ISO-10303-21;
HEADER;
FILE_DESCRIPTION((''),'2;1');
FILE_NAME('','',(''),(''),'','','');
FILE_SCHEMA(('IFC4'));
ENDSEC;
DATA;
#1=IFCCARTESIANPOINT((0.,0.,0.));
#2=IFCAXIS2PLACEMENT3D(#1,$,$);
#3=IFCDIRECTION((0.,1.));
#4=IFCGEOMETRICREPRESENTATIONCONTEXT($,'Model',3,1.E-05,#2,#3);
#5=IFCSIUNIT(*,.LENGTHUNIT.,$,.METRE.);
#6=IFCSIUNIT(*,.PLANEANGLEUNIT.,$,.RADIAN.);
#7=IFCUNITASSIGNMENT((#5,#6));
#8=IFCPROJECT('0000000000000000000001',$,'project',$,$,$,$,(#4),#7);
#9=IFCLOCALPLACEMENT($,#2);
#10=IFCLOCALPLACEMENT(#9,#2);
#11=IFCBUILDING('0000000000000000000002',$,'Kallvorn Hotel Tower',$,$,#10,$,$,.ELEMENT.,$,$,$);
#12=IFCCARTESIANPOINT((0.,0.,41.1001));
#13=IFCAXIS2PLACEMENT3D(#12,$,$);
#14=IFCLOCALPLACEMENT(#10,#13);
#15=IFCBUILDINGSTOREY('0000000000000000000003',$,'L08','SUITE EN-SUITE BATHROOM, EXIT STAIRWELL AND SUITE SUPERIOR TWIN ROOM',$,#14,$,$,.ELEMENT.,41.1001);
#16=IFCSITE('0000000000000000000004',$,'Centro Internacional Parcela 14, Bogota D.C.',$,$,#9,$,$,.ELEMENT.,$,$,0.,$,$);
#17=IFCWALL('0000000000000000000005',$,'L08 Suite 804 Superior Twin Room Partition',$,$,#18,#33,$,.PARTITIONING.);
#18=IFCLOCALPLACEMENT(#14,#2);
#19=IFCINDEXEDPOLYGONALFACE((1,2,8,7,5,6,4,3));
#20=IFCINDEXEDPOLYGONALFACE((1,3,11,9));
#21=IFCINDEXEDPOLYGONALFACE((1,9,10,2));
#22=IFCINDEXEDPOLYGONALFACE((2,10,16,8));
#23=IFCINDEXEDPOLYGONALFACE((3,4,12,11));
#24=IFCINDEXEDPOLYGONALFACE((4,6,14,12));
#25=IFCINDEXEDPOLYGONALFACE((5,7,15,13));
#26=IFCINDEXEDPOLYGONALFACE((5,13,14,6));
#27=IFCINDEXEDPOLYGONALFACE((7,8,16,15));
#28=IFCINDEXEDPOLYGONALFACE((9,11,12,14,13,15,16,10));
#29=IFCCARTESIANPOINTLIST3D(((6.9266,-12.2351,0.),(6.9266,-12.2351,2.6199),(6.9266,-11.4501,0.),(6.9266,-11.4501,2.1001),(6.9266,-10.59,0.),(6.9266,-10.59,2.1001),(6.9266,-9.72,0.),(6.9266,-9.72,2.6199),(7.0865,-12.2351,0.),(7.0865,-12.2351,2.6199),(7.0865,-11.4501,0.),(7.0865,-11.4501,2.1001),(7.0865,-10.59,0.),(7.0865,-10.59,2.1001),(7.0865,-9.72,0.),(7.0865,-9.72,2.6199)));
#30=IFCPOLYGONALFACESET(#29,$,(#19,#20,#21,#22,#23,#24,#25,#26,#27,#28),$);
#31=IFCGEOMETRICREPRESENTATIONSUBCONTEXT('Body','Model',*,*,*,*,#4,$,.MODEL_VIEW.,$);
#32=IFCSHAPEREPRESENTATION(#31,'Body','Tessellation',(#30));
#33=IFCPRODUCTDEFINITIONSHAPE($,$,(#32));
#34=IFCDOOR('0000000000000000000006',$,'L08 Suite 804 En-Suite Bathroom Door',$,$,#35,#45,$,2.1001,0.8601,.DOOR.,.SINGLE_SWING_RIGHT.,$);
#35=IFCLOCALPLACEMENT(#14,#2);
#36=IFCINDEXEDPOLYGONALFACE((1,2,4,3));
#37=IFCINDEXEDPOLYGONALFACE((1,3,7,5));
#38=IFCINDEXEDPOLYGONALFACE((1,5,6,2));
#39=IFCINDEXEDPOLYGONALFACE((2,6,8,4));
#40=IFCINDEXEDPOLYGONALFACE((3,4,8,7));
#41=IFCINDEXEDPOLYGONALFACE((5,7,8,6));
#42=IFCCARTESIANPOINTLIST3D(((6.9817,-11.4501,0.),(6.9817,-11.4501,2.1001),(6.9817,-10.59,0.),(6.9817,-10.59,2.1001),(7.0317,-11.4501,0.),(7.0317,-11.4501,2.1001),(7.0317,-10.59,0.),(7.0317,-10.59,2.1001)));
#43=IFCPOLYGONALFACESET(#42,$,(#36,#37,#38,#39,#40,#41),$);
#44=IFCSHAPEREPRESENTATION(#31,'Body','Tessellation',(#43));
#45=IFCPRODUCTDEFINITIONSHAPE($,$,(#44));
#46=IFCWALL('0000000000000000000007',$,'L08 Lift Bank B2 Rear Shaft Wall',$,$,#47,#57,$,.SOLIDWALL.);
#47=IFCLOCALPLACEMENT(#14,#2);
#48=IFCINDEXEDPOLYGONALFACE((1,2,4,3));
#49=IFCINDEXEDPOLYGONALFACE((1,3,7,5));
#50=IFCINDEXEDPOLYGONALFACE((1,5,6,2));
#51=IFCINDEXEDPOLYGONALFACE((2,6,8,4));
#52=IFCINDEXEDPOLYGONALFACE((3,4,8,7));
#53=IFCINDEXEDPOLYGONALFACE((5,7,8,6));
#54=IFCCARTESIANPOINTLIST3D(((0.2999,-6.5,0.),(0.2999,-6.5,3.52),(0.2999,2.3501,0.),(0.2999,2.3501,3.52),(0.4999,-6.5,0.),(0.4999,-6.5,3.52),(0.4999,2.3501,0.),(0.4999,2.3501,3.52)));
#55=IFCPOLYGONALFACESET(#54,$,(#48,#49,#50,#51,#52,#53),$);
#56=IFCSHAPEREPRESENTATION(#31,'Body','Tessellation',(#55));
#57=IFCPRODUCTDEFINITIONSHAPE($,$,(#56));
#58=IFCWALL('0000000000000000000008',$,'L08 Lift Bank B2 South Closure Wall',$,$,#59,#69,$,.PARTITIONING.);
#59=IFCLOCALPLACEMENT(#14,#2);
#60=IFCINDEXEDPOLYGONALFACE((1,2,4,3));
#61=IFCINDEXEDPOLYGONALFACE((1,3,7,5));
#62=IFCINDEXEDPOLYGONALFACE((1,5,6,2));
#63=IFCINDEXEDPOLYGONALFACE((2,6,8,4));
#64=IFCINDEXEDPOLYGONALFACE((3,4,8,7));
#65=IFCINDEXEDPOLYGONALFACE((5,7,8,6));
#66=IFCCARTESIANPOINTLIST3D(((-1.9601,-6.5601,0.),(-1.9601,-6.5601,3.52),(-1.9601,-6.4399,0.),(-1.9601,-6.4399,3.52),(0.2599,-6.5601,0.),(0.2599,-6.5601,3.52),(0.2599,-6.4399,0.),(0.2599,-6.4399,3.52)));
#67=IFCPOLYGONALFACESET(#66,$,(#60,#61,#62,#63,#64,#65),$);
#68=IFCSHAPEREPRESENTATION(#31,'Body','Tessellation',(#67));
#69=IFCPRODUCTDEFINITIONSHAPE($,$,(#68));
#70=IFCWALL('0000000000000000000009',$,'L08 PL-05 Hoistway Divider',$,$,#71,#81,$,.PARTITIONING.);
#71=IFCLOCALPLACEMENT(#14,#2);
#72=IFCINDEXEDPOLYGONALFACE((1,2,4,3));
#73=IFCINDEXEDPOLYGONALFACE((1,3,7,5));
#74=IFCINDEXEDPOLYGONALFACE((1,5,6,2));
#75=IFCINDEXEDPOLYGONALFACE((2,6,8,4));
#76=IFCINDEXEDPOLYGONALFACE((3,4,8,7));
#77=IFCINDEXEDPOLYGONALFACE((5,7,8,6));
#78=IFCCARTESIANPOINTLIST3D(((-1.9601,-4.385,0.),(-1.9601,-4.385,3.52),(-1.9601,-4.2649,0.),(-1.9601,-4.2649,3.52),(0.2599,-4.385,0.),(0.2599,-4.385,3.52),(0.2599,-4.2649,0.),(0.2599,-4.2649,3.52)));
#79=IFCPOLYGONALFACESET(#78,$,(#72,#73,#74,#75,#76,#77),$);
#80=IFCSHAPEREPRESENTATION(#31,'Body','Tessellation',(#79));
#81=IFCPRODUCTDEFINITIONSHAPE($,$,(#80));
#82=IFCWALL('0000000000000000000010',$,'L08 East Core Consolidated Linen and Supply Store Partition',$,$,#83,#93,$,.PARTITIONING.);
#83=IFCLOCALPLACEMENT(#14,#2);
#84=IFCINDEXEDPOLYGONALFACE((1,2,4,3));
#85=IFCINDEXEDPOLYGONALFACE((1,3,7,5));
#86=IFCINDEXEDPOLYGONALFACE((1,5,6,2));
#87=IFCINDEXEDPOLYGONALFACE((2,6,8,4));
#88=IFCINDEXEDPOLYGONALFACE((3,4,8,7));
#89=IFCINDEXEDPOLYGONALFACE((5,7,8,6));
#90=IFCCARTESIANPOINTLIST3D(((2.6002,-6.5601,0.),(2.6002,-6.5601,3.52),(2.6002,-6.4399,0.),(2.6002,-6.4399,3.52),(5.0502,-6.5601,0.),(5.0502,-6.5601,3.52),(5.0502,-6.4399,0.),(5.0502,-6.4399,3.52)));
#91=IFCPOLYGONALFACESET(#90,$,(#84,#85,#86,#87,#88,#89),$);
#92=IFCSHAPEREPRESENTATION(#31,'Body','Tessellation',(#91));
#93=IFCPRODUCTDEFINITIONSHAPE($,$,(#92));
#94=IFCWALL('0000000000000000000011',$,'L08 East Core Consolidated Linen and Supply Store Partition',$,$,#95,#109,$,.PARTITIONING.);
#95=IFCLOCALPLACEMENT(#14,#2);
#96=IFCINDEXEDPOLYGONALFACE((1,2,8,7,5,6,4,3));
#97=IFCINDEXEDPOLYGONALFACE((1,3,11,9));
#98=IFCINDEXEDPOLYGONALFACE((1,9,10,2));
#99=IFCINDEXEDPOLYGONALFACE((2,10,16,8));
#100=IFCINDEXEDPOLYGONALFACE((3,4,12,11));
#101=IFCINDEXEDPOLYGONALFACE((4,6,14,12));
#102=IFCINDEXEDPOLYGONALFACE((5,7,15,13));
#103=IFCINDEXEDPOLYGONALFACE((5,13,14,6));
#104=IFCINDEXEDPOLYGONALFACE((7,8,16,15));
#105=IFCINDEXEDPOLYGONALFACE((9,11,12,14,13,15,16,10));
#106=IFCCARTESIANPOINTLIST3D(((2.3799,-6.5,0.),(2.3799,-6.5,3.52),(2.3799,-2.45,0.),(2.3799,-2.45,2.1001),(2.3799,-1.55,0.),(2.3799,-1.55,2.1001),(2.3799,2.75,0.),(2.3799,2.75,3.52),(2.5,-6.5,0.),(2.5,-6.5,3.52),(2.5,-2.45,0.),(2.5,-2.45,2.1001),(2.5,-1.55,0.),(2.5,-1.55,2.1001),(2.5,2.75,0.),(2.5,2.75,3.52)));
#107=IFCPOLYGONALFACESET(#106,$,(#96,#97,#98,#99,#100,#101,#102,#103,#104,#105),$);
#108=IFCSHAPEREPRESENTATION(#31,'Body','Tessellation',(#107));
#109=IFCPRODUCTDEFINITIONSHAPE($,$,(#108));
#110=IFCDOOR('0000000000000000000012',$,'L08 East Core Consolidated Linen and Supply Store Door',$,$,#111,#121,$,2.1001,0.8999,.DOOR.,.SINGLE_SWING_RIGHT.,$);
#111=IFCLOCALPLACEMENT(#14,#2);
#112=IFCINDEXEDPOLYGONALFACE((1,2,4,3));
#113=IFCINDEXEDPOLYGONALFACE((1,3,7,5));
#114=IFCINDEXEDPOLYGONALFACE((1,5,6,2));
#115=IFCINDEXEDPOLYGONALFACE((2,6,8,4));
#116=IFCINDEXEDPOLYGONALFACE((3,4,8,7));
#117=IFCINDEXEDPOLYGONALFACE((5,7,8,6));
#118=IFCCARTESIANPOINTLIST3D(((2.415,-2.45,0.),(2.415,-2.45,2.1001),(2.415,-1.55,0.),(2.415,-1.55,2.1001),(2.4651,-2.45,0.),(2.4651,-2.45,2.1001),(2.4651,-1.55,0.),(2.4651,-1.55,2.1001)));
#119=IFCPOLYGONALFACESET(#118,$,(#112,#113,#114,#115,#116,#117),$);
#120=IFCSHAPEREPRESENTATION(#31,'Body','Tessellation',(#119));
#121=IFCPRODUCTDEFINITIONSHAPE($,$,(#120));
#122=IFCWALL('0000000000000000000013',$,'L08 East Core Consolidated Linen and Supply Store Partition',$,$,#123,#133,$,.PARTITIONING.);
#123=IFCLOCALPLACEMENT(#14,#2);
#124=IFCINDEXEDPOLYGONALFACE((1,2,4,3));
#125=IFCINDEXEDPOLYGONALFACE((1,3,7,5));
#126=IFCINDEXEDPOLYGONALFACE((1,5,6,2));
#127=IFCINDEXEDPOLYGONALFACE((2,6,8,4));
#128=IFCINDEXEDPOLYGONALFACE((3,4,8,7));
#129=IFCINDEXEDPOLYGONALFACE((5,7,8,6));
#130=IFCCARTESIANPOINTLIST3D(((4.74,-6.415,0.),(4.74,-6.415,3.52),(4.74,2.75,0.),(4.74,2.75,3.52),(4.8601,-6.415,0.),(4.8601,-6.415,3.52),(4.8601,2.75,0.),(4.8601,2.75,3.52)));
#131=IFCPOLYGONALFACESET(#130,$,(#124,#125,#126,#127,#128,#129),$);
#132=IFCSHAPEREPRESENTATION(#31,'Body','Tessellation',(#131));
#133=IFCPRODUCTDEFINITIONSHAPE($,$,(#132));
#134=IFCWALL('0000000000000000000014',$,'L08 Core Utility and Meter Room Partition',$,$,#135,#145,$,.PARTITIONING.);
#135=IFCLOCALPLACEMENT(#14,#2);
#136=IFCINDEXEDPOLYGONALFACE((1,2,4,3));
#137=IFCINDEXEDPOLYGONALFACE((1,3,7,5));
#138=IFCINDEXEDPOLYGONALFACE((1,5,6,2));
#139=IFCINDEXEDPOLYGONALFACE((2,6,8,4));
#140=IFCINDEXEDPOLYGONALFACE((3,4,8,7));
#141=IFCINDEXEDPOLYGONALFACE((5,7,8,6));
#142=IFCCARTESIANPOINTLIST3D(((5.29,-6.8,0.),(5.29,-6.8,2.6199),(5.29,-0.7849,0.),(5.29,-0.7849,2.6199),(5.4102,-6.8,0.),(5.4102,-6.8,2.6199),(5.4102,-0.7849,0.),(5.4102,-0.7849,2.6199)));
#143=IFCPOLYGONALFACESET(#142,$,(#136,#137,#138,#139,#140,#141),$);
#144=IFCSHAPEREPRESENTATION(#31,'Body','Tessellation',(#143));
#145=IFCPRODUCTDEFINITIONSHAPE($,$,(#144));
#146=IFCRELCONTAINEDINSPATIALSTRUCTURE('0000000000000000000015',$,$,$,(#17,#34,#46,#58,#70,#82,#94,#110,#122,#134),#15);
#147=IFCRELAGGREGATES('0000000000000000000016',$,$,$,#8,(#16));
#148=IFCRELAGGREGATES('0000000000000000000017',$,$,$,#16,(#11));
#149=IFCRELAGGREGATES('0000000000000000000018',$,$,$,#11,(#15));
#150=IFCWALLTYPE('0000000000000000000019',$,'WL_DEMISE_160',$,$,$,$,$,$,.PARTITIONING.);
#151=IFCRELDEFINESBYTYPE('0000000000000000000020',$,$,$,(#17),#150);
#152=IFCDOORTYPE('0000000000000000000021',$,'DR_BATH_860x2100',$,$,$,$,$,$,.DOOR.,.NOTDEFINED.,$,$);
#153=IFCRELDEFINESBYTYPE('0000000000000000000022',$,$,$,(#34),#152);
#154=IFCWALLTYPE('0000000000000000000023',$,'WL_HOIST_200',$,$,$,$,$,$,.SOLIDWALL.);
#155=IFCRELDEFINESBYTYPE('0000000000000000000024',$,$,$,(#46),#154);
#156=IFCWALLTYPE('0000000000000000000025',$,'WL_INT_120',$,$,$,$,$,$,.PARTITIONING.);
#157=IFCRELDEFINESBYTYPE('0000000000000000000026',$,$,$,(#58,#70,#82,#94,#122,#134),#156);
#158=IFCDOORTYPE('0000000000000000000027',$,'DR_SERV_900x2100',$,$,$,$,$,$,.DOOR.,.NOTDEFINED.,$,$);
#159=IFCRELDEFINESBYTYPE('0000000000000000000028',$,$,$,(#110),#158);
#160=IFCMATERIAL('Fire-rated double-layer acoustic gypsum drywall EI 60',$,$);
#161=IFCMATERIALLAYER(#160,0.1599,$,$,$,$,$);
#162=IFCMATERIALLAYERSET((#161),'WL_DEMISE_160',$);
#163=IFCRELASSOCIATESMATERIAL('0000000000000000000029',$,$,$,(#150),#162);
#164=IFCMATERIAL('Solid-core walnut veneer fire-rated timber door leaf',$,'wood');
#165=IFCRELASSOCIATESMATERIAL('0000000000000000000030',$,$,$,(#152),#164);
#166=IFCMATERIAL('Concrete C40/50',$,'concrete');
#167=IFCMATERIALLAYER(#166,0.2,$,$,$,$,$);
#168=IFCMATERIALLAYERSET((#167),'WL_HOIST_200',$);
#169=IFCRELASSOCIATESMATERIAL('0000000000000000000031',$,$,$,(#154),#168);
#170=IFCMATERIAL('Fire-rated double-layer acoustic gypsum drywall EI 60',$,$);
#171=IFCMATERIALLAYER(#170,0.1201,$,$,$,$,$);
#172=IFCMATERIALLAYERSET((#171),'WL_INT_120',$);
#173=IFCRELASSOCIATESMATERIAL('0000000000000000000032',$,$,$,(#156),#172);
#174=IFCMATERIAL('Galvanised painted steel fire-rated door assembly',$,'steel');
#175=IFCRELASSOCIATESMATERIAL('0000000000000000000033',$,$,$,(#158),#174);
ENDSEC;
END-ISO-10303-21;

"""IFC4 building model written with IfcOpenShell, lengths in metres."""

from ifc_helpers import new_model, si_unit, direction, frame, frame_2d, origin, place, context, subcontext, project, spatial, rectangle, extrude, material, layer, layer_set, type_object, element, fill, save


model = new_model("IFC4")

# Units and contexts
model_context = context("Model", 3, precision=1e-05, world=origin(), true_north=direction((0.0, 1.0)))
body_context = subcontext(model_context, "Body", "Model", "MODEL_VIEW")
ifc_project = project(units=[si_unit("LENGTHUNIT", "METRE"), si_unit("PLANEANGLEUNIT", "RADIAN")], contexts=[model_context])

# Site, building, storey
site_placement = place(None, origin())
site = spatial("IfcSite", under=ifc_project, at=site_placement, Name="Centro Internacional Parcela 14, Bogota D.C.", CompositionType="ELEMENT", RefElevation=0.0)
building_placement = place(site_placement, origin())
building = spatial("IfcBuilding", under=site, at=building_placement, Name="Kallvorn Hotel Tower", CompositionType="ELEMENT")
storey_placement = place(building_placement, frame((0.0, 0.0, 41.1001)))
storey = spatial("IfcBuildingStorey", under=building, at=storey_placement, Name="L08", Description="SUITE EN-SUITE BATHROOM, EXIT STAIRWELL AND SUITE SUPERIOR TWIN ROOM", CompositionType="ELEMENT", Elevation=41.1001)

# Shared definitions
ifc_material_1 = material(Name="Fire-rated double-layer acoustic gypsum drywall EI 60")
ifc_layer_1 = layer(ifc_material_1, 0.1599)
ifc_layer_set_1 = layer_set([ifc_layer_1], Name="WL_DEMISE_160")
wall_type_1 = type_object("IfcWallType", Name="WL_DEMISE_160", PredefinedType="PARTITIONING", material=ifc_layer_set_1)

# Wall, opening, door
wall_1_placement = place(storey_placement, frame((7.0066, -12.2351, 0.0), z_axis=(0.0, 0.0, 1.0), x_axis=(0.0, 1.0, 0.0)))
wall_1 = element("IfcWall", 1, at=wall_1_placement, inside=storey, type_object=wall_type_1, Name="L08 Suite 804 Superior Twin Room Partition", PredefinedType="PARTITIONING", context=body_context, shape_type="SweptSolid", body=[
    extrude(rectangle(XDim=2.5151, YDim=0.1599, at=frame_2d((1.2576, 0.0))), origin(), (0.0, 0.0, 1.0), 2.6199),
])
opening_1_placement = place(wall_1_placement, frame((0.7849, 0.0, 0.0)))
opening_1 = element("IfcOpeningElement", 2, at=opening_1_placement, cuts=wall_1, PredefinedType="OPENING", context=body_context, shape_type="SweptSolid", body=[
    extrude(rectangle(XDim=0.8601, YDim=2.1001, at=frame_2d((0.4302, 1.05))), frame((0.0, 0.095, 0.0), z_axis=(0.0, -1.0, 0.0), x_axis=(1.0, 0.0, 0.0)), (0.0, 0.0, 1.0), 0.1899),
])
ifc_material_2 = material(Name="Solid-core walnut veneer fire-rated timber door leaf", Category="wood")
door_type_1 = type_object("IfcDoorType", Name="DR_BATH_860x2100", OperationType="NOTDEFINED", PredefinedType="DOOR", material=ifc_material_2)
door_1_placement = place(opening_1_placement, origin())
door_1 = element("IfcDoor", 3, at=door_1_placement, inside=storey, type_object=door_type_1, Name="L08 Suite 804 En-Suite Bathroom Door", OperationType="SINGLE_SWING_RIGHT", OverallHeight=2.1001, OverallWidth=0.8601, PredefinedType="DOOR", context=body_context, shape_type="SweptSolid", body=[
    extrude(rectangle(XDim=0.8601, YDim=2.1001, at=frame_2d((0.4302, 1.05))), frame((0.0, 0.0249, 0.0), z_axis=(0.0, -1.0, 0.0), x_axis=(1.0, 0.0, 0.0)), (0.0, 0.0, 1.0), 0.05),
])
fill(opening_1, door_1)

# Walls
ifc_material_3 = material(Name="Concrete C40/50", Category="concrete")
ifc_layer_2 = layer(ifc_material_3, 0.2)
ifc_layer_set_2 = layer_set([ifc_layer_2], Name="WL_HOIST_200")
wall_type_2 = type_object("IfcWallType", Name="WL_HOIST_200", PredefinedType="SOLIDWALL", material=ifc_layer_set_2)
wall_2_placement = place(storey_placement, frame((0.3999, -6.5, 0.0), z_axis=(0.0, 0.0, 1.0), x_axis=(0.0, 1.0, 0.0)))
element("IfcWall", 4, at=wall_2_placement, inside=storey, type_object=wall_type_2, Name="L08 Lift Bank B2 Rear Shaft Wall", PredefinedType="SOLIDWALL", context=body_context, shape_type="SweptSolid", body=[
    extrude(rectangle(XDim=8.8501, YDim=0.2, at=frame_2d((4.425, 0.0))), origin(), (0.0, 0.0, 1.0), 3.52),
])
ifc_material_4 = material(Name="Fire-rated double-layer acoustic gypsum drywall EI 60")
ifc_layer_3 = layer(ifc_material_4, 0.1201)
ifc_layer_set_3 = layer_set([ifc_layer_3], Name="WL_INT_120")
wall_type_3 = type_object("IfcWallType", Name="WL_INT_120", PredefinedType="PARTITIONING", material=ifc_layer_set_3)
for number, where, z_axis, x_axis, name in (
    (5, (-1.96, -6.5, 0.0), (0.0, 0.0, 1.0), (1.0, 0.0, 0.0), "L08 Lift Bank B2 South Closure Wall"),
    (6, (-1.96, -4.325, 0.0), (0.0, 0.0, 1.0), (1.0, 0.0, 0.0), "L08 PL-05 Hoistway Divider"),
):
    element("IfcWall", number, at=place(storey_placement, frame(where, z_axis=z_axis, x_axis=x_axis)), inside=storey, type_object=wall_type_3, Name=name, PredefinedType="PARTITIONING", context=body_context, shape_type="SweptSolid", body=[
        extrude(rectangle(XDim=2.22, YDim=0.1201, at=frame_2d((1.1099, 0.0))), origin(), (0.0, 0.0, 1.0), 3.52),
    ])
wall_3_placement = place(storey_placement, frame((2.6001, -6.5, 0.0), z_axis=(0.0, 0.0, 1.0), x_axis=(1.0, 0.0, 0.0)))
element("IfcWall", 7, at=wall_3_placement, inside=storey, type_object=wall_type_3, Name="L08 East Core Consolidated Linen and Supply Store Partition", PredefinedType="PARTITIONING", context=body_context, shape_type="SweptSolid", body=[
    extrude(rectangle(XDim=2.45, YDim=0.1201, at=frame_2d((1.2251, 0.0))), origin(), (0.0, 0.0, 1.0), 3.52),
])

# Wall, opening, door
wall_4_placement = place(storey_placement, frame((2.4399, -6.5, 0.0), z_axis=(0.0, 0.0, 1.0), x_axis=(0.0, 1.0, 0.0)))
wall_4 = element("IfcWall", 8, at=wall_4_placement, inside=storey, type_object=wall_type_3, Name="L08 East Core Consolidated Linen and Supply Store Partition", PredefinedType="PARTITIONING", context=body_context, shape_type="SweptSolid", body=[
    extrude(rectangle(XDim=9.25, YDim=0.1201, at=frame_2d((4.625, 0.0))), origin(), (0.0, 0.0, 1.0), 3.52),
])
opening_2_placement = place(wall_4_placement, frame((4.05, 0.0, 0.0)))
opening_2 = element("IfcOpeningElement", 9, at=opening_2_placement, cuts=wall_4, PredefinedType="OPENING", context=body_context, shape_type="SweptSolid", body=[
    extrude(rectangle(XDim=0.8999, YDim=2.1001, at=frame_2d((0.45, 1.05))), frame((0.0, 0.075, 0.0), z_axis=(0.0, -1.0, 0.0), x_axis=(1.0, 0.0, 0.0)), (0.0, 0.0, 1.0), 0.1501),
])
ifc_material_5 = material(Name="Galvanised painted steel fire-rated door assembly", Category="steel")
door_type_2 = type_object("IfcDoorType", Name="DR_SERV_900x2100", OperationType="NOTDEFINED", PredefinedType="DOOR", material=ifc_material_5)
door_2_placement = place(opening_2_placement, origin())
door_2 = element("IfcDoor", 10, at=door_2_placement, inside=storey, type_object=door_type_2, Name="L08 East Core Consolidated Linen and Supply Store Door", OperationType="SINGLE_SWING_RIGHT", OverallHeight=2.1001, OverallWidth=0.8999, PredefinedType="DOOR", context=body_context, shape_type="SweptSolid", body=[
    extrude(rectangle(XDim=0.8999, YDim=2.1001, at=frame_2d((0.45, 1.05))), frame((0.0, 0.0249, 0.0), z_axis=(0.0, -1.0, 0.0), x_axis=(1.0, 0.0, 0.0)), (0.0, 0.0, 1.0), 0.05),
])
fill(opening_2, door_2)

# Walls
wall_5_placement = place(storey_placement, frame((4.8, -6.415, 0.0), z_axis=(0.0, 0.0, 1.0), x_axis=(0.0, 1.0, 0.0)))
element("IfcWall", 11, at=wall_5_placement, inside=storey, type_object=wall_type_3, Name="L08 East Core Consolidated Linen and Supply Store Partition", PredefinedType="PARTITIONING", context=body_context, shape_type="SweptSolid", body=[
    extrude(rectangle(XDim=9.165, YDim=0.1201, at=frame_2d((4.5825, 0.0))), origin(), (0.0, 0.0, 1.0), 3.52),
])
wall_6_placement = place(storey_placement, frame((5.3501, -6.8, 0.0), z_axis=(0.0, 0.0, 1.0), x_axis=(0.0, 1.0, 0.0)))
element("IfcWall", 12, at=wall_6_placement, inside=storey, type_object=wall_type_3, Name="L08 Core Utility and Meter Room Partition", PredefinedType="PARTITIONING", context=body_context, shape_type="SweptSolid", body=[
    extrude(rectangle(XDim=6.0151, YDim=0.1201, at=frame_2d((3.0076, 0.0))), origin(), (0.0, 0.0, 1.0), 2.6199),
])

save(model, "model.ifc")
